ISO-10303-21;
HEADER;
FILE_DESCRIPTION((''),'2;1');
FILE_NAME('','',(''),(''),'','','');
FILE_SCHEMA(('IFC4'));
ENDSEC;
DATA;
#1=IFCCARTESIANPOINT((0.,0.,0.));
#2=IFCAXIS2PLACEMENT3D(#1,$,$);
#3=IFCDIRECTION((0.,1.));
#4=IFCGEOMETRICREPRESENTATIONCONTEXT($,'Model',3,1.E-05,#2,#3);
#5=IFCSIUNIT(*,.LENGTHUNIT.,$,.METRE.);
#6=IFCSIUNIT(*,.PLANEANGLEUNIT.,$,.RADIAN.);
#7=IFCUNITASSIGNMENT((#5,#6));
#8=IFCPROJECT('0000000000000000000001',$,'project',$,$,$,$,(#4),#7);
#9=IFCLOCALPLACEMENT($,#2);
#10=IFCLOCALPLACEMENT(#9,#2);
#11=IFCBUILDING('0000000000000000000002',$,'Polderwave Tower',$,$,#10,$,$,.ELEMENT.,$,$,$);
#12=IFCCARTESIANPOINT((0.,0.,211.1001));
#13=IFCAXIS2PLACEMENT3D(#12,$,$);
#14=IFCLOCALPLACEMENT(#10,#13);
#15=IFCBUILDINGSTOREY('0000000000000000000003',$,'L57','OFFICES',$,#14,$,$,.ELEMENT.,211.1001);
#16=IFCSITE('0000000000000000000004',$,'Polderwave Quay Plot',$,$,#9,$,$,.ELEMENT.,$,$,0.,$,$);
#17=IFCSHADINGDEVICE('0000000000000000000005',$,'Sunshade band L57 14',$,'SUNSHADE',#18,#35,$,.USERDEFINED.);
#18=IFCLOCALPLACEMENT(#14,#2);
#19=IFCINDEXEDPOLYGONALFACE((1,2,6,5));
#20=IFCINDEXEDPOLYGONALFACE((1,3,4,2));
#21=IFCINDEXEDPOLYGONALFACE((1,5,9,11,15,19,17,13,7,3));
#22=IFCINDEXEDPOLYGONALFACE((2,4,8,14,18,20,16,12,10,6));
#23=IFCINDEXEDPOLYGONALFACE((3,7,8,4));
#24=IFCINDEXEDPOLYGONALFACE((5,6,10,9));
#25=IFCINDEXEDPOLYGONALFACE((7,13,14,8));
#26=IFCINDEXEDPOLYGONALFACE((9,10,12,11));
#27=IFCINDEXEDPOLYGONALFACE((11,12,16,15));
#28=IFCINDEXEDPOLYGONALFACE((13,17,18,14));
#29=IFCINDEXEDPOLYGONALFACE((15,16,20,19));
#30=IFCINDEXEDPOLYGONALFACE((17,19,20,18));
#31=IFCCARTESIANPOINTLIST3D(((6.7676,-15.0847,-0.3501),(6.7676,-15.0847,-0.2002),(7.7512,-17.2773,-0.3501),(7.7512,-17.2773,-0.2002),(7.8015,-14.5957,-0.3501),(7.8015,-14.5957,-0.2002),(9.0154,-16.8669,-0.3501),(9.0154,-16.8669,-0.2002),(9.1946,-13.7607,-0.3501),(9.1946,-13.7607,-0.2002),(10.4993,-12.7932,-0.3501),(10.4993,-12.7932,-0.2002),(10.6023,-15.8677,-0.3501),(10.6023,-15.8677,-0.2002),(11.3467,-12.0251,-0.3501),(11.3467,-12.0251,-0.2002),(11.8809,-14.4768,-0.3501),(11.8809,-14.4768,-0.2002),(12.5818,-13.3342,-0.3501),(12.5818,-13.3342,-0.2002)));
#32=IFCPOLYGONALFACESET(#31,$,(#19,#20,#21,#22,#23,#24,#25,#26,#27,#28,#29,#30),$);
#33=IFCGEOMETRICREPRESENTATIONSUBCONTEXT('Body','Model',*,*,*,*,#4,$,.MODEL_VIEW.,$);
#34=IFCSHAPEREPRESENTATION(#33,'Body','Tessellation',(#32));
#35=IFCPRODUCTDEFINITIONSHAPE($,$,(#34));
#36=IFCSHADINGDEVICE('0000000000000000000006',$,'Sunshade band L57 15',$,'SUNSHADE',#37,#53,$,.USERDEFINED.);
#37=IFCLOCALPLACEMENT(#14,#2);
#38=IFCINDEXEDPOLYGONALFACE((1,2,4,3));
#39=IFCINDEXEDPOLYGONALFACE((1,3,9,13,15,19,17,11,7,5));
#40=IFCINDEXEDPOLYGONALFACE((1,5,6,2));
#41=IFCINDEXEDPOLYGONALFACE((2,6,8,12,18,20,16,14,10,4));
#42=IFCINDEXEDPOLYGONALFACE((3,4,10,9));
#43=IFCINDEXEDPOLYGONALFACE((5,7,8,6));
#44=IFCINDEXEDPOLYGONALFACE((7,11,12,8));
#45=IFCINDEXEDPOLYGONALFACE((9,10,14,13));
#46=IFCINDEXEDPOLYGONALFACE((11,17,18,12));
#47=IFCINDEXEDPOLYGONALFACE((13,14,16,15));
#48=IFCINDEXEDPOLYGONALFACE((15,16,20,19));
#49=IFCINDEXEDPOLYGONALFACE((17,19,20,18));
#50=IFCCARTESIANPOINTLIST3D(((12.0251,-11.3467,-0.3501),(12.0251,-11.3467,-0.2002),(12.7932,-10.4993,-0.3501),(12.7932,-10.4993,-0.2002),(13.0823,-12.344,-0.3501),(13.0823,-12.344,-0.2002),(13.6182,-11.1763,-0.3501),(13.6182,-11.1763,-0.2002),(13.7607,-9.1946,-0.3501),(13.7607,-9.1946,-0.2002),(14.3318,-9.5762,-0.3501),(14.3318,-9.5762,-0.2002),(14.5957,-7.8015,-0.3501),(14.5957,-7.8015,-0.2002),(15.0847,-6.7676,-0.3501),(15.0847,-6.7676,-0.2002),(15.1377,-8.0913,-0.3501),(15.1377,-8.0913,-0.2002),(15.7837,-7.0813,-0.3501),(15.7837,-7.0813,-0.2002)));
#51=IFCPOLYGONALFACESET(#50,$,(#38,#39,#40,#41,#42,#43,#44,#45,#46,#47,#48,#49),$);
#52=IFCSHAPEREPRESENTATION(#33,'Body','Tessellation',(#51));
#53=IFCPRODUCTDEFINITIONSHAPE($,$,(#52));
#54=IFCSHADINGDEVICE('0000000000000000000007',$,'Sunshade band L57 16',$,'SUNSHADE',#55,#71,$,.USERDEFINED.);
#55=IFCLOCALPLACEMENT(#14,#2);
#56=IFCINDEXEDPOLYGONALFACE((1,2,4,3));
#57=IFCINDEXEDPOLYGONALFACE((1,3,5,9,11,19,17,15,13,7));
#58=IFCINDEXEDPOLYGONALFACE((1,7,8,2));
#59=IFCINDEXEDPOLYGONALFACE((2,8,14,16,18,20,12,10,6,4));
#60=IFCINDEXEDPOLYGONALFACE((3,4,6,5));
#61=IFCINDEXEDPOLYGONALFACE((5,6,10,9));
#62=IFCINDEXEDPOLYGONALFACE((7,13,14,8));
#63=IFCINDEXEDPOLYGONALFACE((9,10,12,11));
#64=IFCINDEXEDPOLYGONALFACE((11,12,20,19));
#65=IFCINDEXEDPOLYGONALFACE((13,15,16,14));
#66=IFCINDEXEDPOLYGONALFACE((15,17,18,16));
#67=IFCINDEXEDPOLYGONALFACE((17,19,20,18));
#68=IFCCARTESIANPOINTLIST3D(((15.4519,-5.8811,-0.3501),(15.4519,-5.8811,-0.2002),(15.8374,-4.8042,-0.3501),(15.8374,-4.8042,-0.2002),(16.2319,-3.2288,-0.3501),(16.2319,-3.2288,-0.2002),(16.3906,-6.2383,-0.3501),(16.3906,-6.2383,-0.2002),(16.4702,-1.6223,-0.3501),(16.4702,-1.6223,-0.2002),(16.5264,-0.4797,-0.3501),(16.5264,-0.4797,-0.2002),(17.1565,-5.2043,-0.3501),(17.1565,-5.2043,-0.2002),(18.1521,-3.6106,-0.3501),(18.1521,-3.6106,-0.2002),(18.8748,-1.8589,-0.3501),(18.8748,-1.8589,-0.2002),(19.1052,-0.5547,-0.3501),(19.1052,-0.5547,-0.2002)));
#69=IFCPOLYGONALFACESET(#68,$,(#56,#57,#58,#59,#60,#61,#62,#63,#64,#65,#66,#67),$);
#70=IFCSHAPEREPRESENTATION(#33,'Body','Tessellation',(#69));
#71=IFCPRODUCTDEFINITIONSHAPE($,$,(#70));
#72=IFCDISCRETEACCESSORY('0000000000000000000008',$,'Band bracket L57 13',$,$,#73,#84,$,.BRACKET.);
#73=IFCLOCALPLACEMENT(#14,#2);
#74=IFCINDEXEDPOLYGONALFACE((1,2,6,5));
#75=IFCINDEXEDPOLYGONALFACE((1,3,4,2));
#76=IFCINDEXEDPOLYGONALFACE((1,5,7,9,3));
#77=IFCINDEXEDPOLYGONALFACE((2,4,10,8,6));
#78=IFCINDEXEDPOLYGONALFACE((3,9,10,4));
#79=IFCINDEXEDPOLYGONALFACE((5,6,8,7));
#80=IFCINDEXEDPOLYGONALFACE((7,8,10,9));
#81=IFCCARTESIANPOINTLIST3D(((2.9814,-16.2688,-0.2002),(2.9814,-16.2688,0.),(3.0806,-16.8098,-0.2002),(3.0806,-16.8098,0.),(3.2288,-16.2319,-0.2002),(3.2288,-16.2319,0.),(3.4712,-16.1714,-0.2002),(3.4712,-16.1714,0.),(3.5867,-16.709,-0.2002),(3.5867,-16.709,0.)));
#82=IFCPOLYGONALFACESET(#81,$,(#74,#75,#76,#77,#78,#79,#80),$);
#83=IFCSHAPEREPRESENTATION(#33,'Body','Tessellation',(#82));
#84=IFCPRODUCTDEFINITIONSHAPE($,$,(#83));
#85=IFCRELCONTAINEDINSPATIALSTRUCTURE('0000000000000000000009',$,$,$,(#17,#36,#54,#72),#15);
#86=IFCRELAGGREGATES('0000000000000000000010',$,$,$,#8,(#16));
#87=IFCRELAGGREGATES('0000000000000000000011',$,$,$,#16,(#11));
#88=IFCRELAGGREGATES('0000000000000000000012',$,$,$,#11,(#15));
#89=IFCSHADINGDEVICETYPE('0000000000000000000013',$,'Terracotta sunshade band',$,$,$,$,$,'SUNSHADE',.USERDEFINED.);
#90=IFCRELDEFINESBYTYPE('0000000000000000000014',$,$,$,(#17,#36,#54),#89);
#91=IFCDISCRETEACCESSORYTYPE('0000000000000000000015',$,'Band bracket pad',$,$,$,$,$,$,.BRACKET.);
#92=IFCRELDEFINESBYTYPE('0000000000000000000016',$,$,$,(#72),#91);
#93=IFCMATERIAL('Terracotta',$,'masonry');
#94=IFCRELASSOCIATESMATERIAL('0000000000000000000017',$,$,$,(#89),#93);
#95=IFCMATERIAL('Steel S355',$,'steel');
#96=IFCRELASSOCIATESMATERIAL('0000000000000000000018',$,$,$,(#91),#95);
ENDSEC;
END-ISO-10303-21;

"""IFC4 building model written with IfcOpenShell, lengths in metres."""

from ifc_helpers import new_model, si_unit, direction, frame, origin, place, context, subcontext, project, spatial, polyline, outline, extrude, material, type_object, element, save


model = new_model("IFC4")

# Units and contexts
model_context = context("Model", 3, precision=1e-05, world=origin(), true_north=direction((0.0, 1.0)))
body_context = subcontext(model_context, "Body", "Model", "MODEL_VIEW")
ifc_project = project(units=[si_unit("LENGTHUNIT", "METRE"), si_unit("PLANEANGLEUNIT", "RADIAN")], contexts=[model_context])

# Site, building, storey
site_placement = place(None, origin())
site = spatial("IfcSite", under=ifc_project, at=site_placement, Name="Polderwave Quay Plot", CompositionType="ELEMENT", RefElevation=0.0)
building_placement = place(site_placement, origin())
building = spatial("IfcBuilding", under=site, at=building_placement, Name="Polderwave Tower", CompositionType="ELEMENT")
storey_placement = place(building_placement, frame((0.0, 0.0, 211.1001)))
storey = spatial("IfcBuildingStorey", under=building, at=storey_placement, Name="L57", Description="OFFICES", CompositionType="ELEMENT", Elevation=211.1001)

# Shared definitions
ifc_material_1 = material(Name="Steel S355", Category="steel")

# Shading devices
ifc_material_2 = material(Name="Terracotta", Category="masonry")
shading_device_type = type_object("IfcShadingDeviceType", Name="Terracotta sunshade band", ElementType="SUNSHADE", PredefinedType="USERDEFINED", material=ifc_material_2)
shading_device_1_placement = place(storey_placement, frame((0.0, 0.0, -0.3501)))
element("IfcShadingDevice", 1, at=shading_device_1_placement, inside=storey, type_object=shading_device_type, Name="Sunshade band L57 14", ObjectType="SUNSHADE", PredefinedType="USERDEFINED", context=body_context, shape_type="SweptSolid", body=[
    extrude(outline(polyline([(6.7676, -15.0847), (7.8015, -14.5957), (9.1946, -13.7607), (10.4993, -12.7932), (11.3467, -12.0251), (12.5818, -13.3342), (11.8809, -14.4768), (10.6023, -15.8677), (9.0154, -16.8669), (7.7512, -17.2773), (6.7676, -15.0847)])), origin(), (0.0, 0.0, 1.0), 0.1499),
])
shading_device_2_placement = place(storey_placement, frame((0.0, 0.0, -0.3501)))
element("IfcShadingDevice", 2, at=shading_device_2_placement, inside=storey, type_object=shading_device_type, Name="Sunshade band L57 15", ObjectType="SUNSHADE", PredefinedType="USERDEFINED", context=body_context, shape_type="SweptSolid", body=[
    extrude(outline(polyline([(12.0251, -11.3467), (12.7932, -10.4993), (13.7607, -9.1946), (14.5957, -7.8015), (15.0847, -6.7676), (15.7837, -7.0813), (15.1377, -8.0913), (14.3318, -9.5762), (13.6182, -11.1763), (13.0823, -12.344), (12.0251, -11.3467)])), origin(), (0.0, 0.0, 1.0), 0.1499),
])
shading_device_3_placement = place(storey_placement, frame((0.0, 0.0, -0.3501)))
element("IfcShadingDevice", 3, at=shading_device_3_placement, inside=storey, type_object=shading_device_type, Name="Sunshade band L57 16", ObjectType="SUNSHADE", PredefinedType="USERDEFINED", context=body_context, shape_type="SweptSolid", body=[
    extrude(outline(polyline([(15.4519, -5.8811), (15.8374, -4.8042), (16.2319, -3.2288), (16.4702, -1.6223), (16.5264, -0.4797), (19.1052, -0.5547), (18.8748, -1.8589), (18.1521, -3.6106), (17.1565, -5.2043), (16.3906, -6.2383), (15.4519, -5.8811)])), origin(), (0.0, 0.0, 1.0), 0.1499),
])

# Discrete accessory
discrete_accessory_type = type_object("IfcDiscreteAccessoryType", Name="Band bracket pad", PredefinedType="BRACKET", material=ifc_material_1)
discrete_accessory_placement = place(storey_placement, frame((0.0, 0.0, -0.2002)))
element("IfcDiscreteAccessory", 4, at=discrete_accessory_placement, inside=storey, type_object=discrete_accessory_type, Name="Band bracket L57 13", PredefinedType="BRACKET", context=body_context, shape_type="SweptSolid", body=[
    extrude(outline(polyline([(2.9814, -16.2688), (3.2288, -16.2319), (3.4712, -16.1714), (3.5867, -16.709), (3.0806, -16.8098), (2.9814, -16.2688)])), origin(), (0.0, 0.0, 1.0), 0.2002),
])

save(model, "model.ifc")
